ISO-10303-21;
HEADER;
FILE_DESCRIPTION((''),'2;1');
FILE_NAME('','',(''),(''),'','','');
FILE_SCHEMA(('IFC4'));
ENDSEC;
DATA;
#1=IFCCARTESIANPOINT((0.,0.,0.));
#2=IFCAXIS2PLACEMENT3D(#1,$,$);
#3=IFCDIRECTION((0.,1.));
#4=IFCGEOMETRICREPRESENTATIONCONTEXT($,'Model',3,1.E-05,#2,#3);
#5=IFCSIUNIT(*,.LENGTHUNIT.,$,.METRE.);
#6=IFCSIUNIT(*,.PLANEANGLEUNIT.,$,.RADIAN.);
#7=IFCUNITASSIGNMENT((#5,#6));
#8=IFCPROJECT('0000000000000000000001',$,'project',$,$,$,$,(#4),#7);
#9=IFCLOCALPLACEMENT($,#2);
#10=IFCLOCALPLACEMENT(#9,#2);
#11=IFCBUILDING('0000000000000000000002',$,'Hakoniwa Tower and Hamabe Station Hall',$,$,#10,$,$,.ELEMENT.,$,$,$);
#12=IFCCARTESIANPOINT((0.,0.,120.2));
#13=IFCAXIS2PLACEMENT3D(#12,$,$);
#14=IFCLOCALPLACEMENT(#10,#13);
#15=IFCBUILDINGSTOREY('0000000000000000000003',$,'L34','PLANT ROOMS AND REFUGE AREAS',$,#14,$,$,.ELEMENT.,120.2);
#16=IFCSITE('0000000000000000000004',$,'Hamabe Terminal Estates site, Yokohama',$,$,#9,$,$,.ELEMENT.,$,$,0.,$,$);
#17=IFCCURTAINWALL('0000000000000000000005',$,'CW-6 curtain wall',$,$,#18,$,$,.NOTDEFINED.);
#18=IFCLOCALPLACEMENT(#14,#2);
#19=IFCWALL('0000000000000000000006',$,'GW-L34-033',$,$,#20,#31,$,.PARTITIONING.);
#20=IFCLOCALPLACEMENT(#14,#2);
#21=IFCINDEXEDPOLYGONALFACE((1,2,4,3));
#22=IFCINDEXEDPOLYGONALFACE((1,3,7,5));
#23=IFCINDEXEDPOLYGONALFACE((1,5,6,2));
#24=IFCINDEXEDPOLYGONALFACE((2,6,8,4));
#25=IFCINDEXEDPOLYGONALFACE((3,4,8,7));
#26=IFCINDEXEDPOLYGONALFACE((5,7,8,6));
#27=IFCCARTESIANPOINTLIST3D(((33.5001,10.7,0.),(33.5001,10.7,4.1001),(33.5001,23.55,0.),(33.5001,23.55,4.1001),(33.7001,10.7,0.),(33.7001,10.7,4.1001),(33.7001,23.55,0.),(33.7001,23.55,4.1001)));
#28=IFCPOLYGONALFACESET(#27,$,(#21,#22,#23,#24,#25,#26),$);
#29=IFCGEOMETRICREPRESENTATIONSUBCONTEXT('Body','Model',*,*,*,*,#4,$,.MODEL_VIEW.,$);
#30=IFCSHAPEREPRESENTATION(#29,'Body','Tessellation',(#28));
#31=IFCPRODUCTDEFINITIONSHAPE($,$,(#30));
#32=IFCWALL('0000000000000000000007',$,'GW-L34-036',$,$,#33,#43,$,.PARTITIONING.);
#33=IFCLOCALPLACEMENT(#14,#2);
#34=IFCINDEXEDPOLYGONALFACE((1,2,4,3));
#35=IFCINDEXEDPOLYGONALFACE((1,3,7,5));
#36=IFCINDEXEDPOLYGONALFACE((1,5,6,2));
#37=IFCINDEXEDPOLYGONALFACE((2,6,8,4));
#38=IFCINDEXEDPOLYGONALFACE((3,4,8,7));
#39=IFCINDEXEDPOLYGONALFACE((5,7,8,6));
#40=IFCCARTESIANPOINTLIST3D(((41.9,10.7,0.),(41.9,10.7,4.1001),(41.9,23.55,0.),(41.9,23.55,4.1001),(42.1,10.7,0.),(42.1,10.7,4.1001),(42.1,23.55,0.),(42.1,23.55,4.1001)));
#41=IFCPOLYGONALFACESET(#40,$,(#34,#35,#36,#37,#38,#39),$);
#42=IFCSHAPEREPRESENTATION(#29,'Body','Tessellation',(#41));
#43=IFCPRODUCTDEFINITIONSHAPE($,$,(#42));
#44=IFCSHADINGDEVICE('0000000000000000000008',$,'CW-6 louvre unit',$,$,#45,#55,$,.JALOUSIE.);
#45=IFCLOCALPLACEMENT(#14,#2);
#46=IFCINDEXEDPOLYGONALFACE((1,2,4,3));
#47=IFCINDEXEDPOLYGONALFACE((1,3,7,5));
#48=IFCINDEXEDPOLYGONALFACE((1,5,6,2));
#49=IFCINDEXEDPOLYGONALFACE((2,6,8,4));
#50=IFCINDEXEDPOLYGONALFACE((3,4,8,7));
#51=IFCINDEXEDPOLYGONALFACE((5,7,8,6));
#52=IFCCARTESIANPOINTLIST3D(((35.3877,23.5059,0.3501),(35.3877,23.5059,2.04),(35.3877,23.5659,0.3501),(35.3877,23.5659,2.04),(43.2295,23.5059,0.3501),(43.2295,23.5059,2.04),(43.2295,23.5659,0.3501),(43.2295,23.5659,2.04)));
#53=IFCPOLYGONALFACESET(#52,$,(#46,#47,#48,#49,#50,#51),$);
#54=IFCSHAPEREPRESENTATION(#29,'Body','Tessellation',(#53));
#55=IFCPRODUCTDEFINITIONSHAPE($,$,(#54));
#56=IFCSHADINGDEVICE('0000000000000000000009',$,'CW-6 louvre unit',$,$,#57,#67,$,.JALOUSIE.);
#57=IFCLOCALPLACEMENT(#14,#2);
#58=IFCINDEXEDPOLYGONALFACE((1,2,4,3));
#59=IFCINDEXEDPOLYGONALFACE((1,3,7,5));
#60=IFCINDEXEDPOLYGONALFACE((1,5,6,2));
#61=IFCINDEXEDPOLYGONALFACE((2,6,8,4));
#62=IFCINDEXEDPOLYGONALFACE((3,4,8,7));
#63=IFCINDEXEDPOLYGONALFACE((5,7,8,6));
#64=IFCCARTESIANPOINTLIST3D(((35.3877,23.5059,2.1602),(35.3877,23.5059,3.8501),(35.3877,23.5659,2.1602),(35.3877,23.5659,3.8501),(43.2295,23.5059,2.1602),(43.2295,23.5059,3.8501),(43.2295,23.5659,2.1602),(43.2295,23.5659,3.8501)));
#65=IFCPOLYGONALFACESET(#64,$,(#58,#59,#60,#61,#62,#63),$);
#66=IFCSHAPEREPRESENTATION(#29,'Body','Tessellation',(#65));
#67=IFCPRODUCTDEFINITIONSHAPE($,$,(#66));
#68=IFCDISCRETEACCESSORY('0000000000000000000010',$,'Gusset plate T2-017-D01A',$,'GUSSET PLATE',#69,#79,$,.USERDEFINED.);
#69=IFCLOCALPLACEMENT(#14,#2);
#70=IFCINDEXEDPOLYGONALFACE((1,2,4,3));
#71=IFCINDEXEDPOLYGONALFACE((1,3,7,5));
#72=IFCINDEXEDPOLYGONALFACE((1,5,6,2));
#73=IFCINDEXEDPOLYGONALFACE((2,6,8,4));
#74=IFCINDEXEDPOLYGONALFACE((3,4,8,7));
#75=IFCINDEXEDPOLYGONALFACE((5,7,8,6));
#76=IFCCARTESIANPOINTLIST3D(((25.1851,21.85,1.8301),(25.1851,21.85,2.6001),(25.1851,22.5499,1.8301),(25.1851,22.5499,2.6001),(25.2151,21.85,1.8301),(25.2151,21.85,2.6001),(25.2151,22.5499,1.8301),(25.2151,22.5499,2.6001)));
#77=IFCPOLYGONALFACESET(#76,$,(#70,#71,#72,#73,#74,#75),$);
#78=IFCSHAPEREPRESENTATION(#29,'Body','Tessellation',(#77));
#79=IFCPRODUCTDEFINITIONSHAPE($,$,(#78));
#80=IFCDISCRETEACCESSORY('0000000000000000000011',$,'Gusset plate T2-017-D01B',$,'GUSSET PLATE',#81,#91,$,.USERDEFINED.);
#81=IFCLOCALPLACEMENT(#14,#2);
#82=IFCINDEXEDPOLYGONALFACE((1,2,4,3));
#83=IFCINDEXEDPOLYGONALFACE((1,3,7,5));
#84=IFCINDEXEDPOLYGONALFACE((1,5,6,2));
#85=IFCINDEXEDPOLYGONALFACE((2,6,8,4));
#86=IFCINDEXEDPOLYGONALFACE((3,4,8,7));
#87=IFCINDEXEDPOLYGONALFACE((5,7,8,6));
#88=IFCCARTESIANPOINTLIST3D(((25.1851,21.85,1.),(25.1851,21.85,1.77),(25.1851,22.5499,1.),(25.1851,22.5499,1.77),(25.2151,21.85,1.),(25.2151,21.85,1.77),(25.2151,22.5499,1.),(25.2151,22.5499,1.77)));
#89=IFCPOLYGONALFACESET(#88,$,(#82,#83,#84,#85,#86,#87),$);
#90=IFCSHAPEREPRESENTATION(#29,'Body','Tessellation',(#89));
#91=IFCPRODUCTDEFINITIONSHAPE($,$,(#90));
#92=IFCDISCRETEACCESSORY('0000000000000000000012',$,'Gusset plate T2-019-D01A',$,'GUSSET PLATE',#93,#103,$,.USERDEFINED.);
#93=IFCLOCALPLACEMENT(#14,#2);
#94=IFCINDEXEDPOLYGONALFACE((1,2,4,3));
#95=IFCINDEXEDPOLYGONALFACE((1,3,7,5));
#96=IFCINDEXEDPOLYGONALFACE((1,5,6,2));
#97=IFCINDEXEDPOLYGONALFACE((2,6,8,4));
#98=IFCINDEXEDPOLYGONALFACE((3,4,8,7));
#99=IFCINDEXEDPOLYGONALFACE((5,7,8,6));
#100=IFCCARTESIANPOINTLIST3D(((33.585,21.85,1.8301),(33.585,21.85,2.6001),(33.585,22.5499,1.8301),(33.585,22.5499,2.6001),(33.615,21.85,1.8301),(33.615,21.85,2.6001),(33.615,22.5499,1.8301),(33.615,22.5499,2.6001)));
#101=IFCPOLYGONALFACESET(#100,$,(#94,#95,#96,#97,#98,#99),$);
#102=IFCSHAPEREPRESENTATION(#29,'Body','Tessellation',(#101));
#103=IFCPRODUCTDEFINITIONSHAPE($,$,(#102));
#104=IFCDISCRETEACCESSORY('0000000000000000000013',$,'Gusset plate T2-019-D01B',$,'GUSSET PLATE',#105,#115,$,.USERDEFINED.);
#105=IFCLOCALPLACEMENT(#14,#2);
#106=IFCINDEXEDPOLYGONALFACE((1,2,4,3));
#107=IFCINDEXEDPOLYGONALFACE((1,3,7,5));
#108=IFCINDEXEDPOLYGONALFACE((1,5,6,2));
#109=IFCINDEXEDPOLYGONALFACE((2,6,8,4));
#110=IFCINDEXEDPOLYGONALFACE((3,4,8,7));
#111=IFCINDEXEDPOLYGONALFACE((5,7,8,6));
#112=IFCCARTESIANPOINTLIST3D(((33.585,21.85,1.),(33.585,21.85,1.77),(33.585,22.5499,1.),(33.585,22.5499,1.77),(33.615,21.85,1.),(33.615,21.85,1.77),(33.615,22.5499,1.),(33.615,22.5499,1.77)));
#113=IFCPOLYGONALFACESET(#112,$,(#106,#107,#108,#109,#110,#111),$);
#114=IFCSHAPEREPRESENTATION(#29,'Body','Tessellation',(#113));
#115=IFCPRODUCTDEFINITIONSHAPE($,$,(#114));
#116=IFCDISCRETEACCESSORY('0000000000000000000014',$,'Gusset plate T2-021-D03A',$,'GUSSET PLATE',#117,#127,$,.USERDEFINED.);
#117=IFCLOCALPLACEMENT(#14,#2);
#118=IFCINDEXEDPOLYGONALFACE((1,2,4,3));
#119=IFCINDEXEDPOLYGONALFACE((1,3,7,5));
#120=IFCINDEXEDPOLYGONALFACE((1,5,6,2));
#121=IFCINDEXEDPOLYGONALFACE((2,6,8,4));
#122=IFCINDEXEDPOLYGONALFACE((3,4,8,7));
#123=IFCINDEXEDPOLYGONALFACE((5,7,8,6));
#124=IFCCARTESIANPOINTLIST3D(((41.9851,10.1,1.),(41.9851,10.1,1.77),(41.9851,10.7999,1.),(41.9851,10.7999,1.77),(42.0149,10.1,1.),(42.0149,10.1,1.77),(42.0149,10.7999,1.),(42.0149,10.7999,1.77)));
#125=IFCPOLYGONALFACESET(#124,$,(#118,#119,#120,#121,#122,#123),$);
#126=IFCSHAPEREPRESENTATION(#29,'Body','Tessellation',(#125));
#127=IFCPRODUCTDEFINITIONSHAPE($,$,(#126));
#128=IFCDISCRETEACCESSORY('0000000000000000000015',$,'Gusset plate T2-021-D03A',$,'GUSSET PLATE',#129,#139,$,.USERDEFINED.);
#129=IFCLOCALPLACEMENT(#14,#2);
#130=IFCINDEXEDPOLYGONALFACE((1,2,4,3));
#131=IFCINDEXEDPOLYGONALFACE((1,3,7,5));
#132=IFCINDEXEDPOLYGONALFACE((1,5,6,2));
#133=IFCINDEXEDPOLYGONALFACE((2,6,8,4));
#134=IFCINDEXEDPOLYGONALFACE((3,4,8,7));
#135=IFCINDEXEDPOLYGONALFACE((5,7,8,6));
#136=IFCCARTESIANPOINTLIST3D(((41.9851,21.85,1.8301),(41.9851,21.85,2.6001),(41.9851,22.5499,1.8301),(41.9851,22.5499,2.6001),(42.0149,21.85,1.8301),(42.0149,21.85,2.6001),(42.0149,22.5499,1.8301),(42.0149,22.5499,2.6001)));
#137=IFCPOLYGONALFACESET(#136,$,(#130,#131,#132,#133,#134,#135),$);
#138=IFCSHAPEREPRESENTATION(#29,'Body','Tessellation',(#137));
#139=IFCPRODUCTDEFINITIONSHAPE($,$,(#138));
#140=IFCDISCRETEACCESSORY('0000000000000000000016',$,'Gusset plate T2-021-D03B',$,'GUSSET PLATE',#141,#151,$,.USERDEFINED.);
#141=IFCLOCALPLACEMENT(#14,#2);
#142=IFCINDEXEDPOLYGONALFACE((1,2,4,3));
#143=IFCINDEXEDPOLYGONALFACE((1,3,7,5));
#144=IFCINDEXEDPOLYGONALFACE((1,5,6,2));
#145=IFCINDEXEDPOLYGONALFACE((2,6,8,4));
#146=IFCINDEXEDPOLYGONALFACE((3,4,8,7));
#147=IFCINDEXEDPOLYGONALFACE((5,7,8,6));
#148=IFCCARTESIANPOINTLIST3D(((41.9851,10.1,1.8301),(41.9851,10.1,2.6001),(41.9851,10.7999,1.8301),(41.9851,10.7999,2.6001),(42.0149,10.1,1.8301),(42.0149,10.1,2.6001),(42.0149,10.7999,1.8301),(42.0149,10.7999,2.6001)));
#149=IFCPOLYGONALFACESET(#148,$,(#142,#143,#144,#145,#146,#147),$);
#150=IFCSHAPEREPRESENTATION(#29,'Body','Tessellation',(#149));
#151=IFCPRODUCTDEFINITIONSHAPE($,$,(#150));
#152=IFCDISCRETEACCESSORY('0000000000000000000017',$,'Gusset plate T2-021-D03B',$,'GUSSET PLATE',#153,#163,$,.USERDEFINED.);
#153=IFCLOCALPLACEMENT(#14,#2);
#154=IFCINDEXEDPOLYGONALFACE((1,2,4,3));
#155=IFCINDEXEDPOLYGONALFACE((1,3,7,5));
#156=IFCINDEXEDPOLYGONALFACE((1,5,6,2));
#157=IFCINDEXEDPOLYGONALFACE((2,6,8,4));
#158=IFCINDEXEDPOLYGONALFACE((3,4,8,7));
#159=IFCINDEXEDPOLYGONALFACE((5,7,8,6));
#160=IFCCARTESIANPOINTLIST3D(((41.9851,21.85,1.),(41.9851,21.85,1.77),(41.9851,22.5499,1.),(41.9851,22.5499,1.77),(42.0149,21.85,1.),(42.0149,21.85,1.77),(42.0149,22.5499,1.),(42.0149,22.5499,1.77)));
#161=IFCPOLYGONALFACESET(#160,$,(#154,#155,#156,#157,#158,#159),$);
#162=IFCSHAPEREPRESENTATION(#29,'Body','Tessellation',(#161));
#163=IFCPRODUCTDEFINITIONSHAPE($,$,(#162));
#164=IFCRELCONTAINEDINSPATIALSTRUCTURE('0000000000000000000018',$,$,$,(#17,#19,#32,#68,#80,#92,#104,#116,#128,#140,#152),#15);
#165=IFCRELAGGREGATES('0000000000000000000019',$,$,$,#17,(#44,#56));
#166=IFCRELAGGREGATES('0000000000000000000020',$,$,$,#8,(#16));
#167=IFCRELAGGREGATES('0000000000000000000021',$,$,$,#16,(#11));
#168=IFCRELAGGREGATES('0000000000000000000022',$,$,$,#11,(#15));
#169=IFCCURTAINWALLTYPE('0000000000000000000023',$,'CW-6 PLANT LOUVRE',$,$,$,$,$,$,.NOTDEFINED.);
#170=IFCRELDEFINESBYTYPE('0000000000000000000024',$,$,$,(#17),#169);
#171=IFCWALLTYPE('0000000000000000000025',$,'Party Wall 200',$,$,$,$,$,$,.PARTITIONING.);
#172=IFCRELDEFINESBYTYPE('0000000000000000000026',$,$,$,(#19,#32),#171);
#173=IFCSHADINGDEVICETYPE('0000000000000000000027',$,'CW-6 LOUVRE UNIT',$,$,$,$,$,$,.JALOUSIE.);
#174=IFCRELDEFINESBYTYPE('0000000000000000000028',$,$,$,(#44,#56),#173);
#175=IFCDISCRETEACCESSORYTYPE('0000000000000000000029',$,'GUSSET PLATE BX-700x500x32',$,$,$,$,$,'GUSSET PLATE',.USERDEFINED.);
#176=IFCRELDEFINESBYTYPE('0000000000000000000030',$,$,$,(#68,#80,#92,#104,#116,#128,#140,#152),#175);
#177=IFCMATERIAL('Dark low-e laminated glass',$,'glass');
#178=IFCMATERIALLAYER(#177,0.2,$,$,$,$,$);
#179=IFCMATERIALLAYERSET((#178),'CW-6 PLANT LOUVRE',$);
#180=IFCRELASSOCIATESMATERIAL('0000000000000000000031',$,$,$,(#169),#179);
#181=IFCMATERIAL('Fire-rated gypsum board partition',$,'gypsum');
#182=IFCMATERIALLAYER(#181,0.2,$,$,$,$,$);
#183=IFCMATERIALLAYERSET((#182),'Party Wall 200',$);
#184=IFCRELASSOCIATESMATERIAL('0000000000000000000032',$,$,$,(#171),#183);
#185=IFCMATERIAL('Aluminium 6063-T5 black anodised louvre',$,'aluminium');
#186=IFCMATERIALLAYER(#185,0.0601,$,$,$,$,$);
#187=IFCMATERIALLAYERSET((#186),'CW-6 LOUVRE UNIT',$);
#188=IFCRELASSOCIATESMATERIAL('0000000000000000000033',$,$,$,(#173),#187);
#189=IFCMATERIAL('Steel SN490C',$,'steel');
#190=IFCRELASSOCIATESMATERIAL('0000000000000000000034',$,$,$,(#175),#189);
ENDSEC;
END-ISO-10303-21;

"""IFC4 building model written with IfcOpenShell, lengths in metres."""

from ifc_helpers import new_model, si_unit, direction, frame, frame_2d, origin, origin_2d, place, context, subcontext, project, spatial, rectangle, extrude, material, layer, layer_set, material_profile, profile_set, type_object, element, aggregate, save


model = new_model("IFC4")

# Units and contexts
model_context = context("Model", 3, precision=1e-05, world=origin(), true_north=direction((0.0, 1.0)))
body_context = subcontext(model_context, "Body", "Model", "MODEL_VIEW")
ifc_project = project(units=[si_unit("LENGTHUNIT", "METRE"), si_unit("PLANEANGLEUNIT", "RADIAN")], contexts=[model_context])

# Site, building, storey
site_placement = place(None, origin())
site = spatial("IfcSite", under=ifc_project, at=site_placement, Name="Hamabe Terminal Estates site, Yokohama", CompositionType="ELEMENT", RefElevation=0.0)
building_placement = place(site_placement, origin())
building = spatial("IfcBuilding", under=site, at=building_placement, Name="Hakoniwa Tower and Hamabe Station Hall", CompositionType="ELEMENT")
storey_placement = place(building_placement, frame((0.0, 0.0, 120.2)))
storey = spatial("IfcBuildingStorey", under=building, at=storey_placement, Name="L34", Description="PLANT ROOMS AND REFUGE AREAS", CompositionType="ELEMENT", Elevation=120.2)

# Curtain wall
ifc_material_1 = material(Name="Dark low-e laminated glass", Category="glass")
ifc_layer_1 = layer(ifc_material_1, 0.2)
ifc_layer_set_1 = layer_set([ifc_layer_1], Name="CW-6 PLANT LOUVRE")
curtain_wall_type = type_object("IfcCurtainWallType", Name="CW-6 PLANT LOUVRE", PredefinedType="NOTDEFINED", material=ifc_layer_set_1)
curtain_wall_1_placement = place(storey_placement, origin())
curtain_wall_1 = element("IfcCurtainWall", 1, at=curtain_wall_1_placement, inside=storey, type_object=curtain_wall_type, Name="CW-6 curtain wall", PredefinedType="NOTDEFINED")

# Walls
ifc_material_2 = material(Name="Fire-rated gypsum board partition", Category="gypsum")
ifc_layer_2 = layer(ifc_material_2, 0.2)
ifc_layer_set_2 = layer_set([ifc_layer_2], Name="Party Wall 200")
wall_type = type_object("IfcWallType", Name="Party Wall 200", PredefinedType="PARTITIONING", material=ifc_layer_set_2)
for number, where, z_axis, x_axis, name in (
    (2, (33.6001, 10.7, 0.0), (0.0, 0.0, 1.0), (0.0, 1.0, 0.0), "GW-L34-033"),
    (3, (42.0, 10.7, 0.0), (0.0, 0.0, 1.0), (0.0, 1.0, 0.0), "GW-L34-036"),
):
    element("IfcWall", number, at=place(storey_placement, frame(where, z_axis=z_axis, x_axis=x_axis)), inside=storey, type_object=wall_type, Name=name, PredefinedType="PARTITIONING", context=body_context, shape_type="SweptSolid", body=[
        extrude(rectangle(XDim=12.8501, YDim=0.2, at=frame_2d((6.425, 0.0))), origin(), (0.0, 0.0, 1.0), 4.1001),
    ])

# Shading devices
ifc_material_3 = material(Name="Aluminium 6063-T5 black anodised louvre", Category="aluminium")
ifc_layer_3 = layer(ifc_material_3, 0.0601)
ifc_layer_set_3 = layer_set([ifc_layer_3], Name="CW-6 LOUVRE UNIT")
shading_device_type = type_object("IfcShadingDeviceType", Name="CW-6 LOUVRE UNIT", PredefinedType="JALOUSIE", material=ifc_layer_set_3)
shading_device_1_placement = place(storey_placement, frame((39.3086, 23.5359, 0.3501), z_axis=(0.0, 0.0, 1.0), x_axis=(-1.0, 0.0, 0.0)))
shading_device_1 = element("IfcShadingDevice", 4, at=shading_device_1_placement, type_object=shading_device_type, Name="CW-6 louvre unit", PredefinedType="JALOUSIE", context=body_context, shape_type="SweptSolid", body=[
    extrude(rectangle(XDim=7.8418, YDim=0.0601, at=origin_2d()), origin(), (0.0, 0.0, 1.0), 1.6899),
])
shading_device_2_placement = place(storey_placement, frame((39.3086, 23.5359, 2.1602), z_axis=(0.0, 0.0, 1.0), x_axis=(-1.0, 0.0, 0.0)))
shading_device_2 = element("IfcShadingDevice", 5, at=shading_device_2_placement, type_object=shading_device_type, Name="CW-6 louvre unit", PredefinedType="JALOUSIE", context=body_context, shape_type="SweptSolid", body=[
    extrude(rectangle(XDim=7.8418, YDim=0.0601, at=origin_2d()), origin(), (0.0, 0.0, 1.0), 1.6899),
])
aggregate(curtain_wall_1, [shading_device_1, shading_device_2])

# Discrete accessories
ifc_material_4 = material(Name="Steel SN490C", Category="steel")
ifc_material_profile_1 = material_profile(ifc_material_4, rectangle(XDim=0.7, YDim=0.77, at=origin_2d()), Name="GUSSET PLATE BX-700x500x32")
ifc_profile_set_1 = profile_set([ifc_material_profile_1], Name="Steel SN490C")
discrete_accessory_type = type_object("IfcDiscreteAccessoryType", Name="GUSSET PLATE BX-700x500x32", ElementType="GUSSET PLATE", PredefinedType="USERDEFINED", material=ifc_profile_set_1)
for number, where, z_axis, x_axis, name in (
    (6, (25.2151, 22.2, 2.2151), (-1.0, 0.0, 0.0), (0.0, -1.0, 0.0), "Gusset plate T2-017-D01A"),
    (7, (25.2151, 22.2, 1.385), (-1.0, 0.0, 0.0), (0.0, -1.0, 0.0), "Gusset plate T2-017-D01B"),
    (8, (33.615, 22.2, 2.2151), (-1.0, 0.0, 0.0), (0.0, -1.0, 0.0), "Gusset plate T2-019-D01A"),
    (9, (33.615, 22.2, 1.385), (-1.0, 0.0, 0.0), (0.0, -1.0, 0.0), "Gusset plate T2-019-D01B"),
):
    element("IfcDiscreteAccessory", number, at=place(storey_placement, frame(where, z_axis=z_axis, x_axis=x_axis)), inside=storey, type_object=discrete_accessory_type, Name=name, ObjectType="GUSSET PLATE", PredefinedType="USERDEFINED", context=body_context, shape_type="SweptSolid", body=[
        extrude(rectangle(XDim=0.7, YDim=0.77, at=origin_2d()), origin(), (0.0, 0.0, 1.0), 0.03),
    ])
for number, where, z_axis, x_axis, name in (
    (10, (42.0149, 10.45, 1.385), (-1.0, 0.0, 0.0), (0.0, -1.0, 0.0), "Gusset plate T2-021-D03A"),
    (11, (42.0149, 22.2, 2.2151), (-1.0, 0.0, 0.0), (0.0, -1.0, 0.0), "Gusset plate T2-021-D03A"),
    (12, (42.0149, 10.45, 2.2151), (-1.0, 0.0, 0.0), (0.0, -1.0, 0.0), "Gusset plate T2-021-D03B"),
    (13, (42.0149, 22.2, 1.385), (-1.0, 0.0, 0.0), (0.0, -1.0, 0.0), "Gusset plate T2-021-D03B"),
):
    element("IfcDiscreteAccessory", number, at=place(storey_placement, frame(where, z_axis=z_axis, x_axis=x_axis)), inside=storey, type_object=discrete_accessory_type, Name=name, ObjectType="GUSSET PLATE", PredefinedType="USERDEFINED", context=body_context, shape_type="SweptSolid", body=[
        extrude(rectangle(XDim=0.7, YDim=0.77, at=origin_2d()), origin(), (0.0, 0.0, 1.0), 0.0298),
    ])

save(model, "model.ifc")
